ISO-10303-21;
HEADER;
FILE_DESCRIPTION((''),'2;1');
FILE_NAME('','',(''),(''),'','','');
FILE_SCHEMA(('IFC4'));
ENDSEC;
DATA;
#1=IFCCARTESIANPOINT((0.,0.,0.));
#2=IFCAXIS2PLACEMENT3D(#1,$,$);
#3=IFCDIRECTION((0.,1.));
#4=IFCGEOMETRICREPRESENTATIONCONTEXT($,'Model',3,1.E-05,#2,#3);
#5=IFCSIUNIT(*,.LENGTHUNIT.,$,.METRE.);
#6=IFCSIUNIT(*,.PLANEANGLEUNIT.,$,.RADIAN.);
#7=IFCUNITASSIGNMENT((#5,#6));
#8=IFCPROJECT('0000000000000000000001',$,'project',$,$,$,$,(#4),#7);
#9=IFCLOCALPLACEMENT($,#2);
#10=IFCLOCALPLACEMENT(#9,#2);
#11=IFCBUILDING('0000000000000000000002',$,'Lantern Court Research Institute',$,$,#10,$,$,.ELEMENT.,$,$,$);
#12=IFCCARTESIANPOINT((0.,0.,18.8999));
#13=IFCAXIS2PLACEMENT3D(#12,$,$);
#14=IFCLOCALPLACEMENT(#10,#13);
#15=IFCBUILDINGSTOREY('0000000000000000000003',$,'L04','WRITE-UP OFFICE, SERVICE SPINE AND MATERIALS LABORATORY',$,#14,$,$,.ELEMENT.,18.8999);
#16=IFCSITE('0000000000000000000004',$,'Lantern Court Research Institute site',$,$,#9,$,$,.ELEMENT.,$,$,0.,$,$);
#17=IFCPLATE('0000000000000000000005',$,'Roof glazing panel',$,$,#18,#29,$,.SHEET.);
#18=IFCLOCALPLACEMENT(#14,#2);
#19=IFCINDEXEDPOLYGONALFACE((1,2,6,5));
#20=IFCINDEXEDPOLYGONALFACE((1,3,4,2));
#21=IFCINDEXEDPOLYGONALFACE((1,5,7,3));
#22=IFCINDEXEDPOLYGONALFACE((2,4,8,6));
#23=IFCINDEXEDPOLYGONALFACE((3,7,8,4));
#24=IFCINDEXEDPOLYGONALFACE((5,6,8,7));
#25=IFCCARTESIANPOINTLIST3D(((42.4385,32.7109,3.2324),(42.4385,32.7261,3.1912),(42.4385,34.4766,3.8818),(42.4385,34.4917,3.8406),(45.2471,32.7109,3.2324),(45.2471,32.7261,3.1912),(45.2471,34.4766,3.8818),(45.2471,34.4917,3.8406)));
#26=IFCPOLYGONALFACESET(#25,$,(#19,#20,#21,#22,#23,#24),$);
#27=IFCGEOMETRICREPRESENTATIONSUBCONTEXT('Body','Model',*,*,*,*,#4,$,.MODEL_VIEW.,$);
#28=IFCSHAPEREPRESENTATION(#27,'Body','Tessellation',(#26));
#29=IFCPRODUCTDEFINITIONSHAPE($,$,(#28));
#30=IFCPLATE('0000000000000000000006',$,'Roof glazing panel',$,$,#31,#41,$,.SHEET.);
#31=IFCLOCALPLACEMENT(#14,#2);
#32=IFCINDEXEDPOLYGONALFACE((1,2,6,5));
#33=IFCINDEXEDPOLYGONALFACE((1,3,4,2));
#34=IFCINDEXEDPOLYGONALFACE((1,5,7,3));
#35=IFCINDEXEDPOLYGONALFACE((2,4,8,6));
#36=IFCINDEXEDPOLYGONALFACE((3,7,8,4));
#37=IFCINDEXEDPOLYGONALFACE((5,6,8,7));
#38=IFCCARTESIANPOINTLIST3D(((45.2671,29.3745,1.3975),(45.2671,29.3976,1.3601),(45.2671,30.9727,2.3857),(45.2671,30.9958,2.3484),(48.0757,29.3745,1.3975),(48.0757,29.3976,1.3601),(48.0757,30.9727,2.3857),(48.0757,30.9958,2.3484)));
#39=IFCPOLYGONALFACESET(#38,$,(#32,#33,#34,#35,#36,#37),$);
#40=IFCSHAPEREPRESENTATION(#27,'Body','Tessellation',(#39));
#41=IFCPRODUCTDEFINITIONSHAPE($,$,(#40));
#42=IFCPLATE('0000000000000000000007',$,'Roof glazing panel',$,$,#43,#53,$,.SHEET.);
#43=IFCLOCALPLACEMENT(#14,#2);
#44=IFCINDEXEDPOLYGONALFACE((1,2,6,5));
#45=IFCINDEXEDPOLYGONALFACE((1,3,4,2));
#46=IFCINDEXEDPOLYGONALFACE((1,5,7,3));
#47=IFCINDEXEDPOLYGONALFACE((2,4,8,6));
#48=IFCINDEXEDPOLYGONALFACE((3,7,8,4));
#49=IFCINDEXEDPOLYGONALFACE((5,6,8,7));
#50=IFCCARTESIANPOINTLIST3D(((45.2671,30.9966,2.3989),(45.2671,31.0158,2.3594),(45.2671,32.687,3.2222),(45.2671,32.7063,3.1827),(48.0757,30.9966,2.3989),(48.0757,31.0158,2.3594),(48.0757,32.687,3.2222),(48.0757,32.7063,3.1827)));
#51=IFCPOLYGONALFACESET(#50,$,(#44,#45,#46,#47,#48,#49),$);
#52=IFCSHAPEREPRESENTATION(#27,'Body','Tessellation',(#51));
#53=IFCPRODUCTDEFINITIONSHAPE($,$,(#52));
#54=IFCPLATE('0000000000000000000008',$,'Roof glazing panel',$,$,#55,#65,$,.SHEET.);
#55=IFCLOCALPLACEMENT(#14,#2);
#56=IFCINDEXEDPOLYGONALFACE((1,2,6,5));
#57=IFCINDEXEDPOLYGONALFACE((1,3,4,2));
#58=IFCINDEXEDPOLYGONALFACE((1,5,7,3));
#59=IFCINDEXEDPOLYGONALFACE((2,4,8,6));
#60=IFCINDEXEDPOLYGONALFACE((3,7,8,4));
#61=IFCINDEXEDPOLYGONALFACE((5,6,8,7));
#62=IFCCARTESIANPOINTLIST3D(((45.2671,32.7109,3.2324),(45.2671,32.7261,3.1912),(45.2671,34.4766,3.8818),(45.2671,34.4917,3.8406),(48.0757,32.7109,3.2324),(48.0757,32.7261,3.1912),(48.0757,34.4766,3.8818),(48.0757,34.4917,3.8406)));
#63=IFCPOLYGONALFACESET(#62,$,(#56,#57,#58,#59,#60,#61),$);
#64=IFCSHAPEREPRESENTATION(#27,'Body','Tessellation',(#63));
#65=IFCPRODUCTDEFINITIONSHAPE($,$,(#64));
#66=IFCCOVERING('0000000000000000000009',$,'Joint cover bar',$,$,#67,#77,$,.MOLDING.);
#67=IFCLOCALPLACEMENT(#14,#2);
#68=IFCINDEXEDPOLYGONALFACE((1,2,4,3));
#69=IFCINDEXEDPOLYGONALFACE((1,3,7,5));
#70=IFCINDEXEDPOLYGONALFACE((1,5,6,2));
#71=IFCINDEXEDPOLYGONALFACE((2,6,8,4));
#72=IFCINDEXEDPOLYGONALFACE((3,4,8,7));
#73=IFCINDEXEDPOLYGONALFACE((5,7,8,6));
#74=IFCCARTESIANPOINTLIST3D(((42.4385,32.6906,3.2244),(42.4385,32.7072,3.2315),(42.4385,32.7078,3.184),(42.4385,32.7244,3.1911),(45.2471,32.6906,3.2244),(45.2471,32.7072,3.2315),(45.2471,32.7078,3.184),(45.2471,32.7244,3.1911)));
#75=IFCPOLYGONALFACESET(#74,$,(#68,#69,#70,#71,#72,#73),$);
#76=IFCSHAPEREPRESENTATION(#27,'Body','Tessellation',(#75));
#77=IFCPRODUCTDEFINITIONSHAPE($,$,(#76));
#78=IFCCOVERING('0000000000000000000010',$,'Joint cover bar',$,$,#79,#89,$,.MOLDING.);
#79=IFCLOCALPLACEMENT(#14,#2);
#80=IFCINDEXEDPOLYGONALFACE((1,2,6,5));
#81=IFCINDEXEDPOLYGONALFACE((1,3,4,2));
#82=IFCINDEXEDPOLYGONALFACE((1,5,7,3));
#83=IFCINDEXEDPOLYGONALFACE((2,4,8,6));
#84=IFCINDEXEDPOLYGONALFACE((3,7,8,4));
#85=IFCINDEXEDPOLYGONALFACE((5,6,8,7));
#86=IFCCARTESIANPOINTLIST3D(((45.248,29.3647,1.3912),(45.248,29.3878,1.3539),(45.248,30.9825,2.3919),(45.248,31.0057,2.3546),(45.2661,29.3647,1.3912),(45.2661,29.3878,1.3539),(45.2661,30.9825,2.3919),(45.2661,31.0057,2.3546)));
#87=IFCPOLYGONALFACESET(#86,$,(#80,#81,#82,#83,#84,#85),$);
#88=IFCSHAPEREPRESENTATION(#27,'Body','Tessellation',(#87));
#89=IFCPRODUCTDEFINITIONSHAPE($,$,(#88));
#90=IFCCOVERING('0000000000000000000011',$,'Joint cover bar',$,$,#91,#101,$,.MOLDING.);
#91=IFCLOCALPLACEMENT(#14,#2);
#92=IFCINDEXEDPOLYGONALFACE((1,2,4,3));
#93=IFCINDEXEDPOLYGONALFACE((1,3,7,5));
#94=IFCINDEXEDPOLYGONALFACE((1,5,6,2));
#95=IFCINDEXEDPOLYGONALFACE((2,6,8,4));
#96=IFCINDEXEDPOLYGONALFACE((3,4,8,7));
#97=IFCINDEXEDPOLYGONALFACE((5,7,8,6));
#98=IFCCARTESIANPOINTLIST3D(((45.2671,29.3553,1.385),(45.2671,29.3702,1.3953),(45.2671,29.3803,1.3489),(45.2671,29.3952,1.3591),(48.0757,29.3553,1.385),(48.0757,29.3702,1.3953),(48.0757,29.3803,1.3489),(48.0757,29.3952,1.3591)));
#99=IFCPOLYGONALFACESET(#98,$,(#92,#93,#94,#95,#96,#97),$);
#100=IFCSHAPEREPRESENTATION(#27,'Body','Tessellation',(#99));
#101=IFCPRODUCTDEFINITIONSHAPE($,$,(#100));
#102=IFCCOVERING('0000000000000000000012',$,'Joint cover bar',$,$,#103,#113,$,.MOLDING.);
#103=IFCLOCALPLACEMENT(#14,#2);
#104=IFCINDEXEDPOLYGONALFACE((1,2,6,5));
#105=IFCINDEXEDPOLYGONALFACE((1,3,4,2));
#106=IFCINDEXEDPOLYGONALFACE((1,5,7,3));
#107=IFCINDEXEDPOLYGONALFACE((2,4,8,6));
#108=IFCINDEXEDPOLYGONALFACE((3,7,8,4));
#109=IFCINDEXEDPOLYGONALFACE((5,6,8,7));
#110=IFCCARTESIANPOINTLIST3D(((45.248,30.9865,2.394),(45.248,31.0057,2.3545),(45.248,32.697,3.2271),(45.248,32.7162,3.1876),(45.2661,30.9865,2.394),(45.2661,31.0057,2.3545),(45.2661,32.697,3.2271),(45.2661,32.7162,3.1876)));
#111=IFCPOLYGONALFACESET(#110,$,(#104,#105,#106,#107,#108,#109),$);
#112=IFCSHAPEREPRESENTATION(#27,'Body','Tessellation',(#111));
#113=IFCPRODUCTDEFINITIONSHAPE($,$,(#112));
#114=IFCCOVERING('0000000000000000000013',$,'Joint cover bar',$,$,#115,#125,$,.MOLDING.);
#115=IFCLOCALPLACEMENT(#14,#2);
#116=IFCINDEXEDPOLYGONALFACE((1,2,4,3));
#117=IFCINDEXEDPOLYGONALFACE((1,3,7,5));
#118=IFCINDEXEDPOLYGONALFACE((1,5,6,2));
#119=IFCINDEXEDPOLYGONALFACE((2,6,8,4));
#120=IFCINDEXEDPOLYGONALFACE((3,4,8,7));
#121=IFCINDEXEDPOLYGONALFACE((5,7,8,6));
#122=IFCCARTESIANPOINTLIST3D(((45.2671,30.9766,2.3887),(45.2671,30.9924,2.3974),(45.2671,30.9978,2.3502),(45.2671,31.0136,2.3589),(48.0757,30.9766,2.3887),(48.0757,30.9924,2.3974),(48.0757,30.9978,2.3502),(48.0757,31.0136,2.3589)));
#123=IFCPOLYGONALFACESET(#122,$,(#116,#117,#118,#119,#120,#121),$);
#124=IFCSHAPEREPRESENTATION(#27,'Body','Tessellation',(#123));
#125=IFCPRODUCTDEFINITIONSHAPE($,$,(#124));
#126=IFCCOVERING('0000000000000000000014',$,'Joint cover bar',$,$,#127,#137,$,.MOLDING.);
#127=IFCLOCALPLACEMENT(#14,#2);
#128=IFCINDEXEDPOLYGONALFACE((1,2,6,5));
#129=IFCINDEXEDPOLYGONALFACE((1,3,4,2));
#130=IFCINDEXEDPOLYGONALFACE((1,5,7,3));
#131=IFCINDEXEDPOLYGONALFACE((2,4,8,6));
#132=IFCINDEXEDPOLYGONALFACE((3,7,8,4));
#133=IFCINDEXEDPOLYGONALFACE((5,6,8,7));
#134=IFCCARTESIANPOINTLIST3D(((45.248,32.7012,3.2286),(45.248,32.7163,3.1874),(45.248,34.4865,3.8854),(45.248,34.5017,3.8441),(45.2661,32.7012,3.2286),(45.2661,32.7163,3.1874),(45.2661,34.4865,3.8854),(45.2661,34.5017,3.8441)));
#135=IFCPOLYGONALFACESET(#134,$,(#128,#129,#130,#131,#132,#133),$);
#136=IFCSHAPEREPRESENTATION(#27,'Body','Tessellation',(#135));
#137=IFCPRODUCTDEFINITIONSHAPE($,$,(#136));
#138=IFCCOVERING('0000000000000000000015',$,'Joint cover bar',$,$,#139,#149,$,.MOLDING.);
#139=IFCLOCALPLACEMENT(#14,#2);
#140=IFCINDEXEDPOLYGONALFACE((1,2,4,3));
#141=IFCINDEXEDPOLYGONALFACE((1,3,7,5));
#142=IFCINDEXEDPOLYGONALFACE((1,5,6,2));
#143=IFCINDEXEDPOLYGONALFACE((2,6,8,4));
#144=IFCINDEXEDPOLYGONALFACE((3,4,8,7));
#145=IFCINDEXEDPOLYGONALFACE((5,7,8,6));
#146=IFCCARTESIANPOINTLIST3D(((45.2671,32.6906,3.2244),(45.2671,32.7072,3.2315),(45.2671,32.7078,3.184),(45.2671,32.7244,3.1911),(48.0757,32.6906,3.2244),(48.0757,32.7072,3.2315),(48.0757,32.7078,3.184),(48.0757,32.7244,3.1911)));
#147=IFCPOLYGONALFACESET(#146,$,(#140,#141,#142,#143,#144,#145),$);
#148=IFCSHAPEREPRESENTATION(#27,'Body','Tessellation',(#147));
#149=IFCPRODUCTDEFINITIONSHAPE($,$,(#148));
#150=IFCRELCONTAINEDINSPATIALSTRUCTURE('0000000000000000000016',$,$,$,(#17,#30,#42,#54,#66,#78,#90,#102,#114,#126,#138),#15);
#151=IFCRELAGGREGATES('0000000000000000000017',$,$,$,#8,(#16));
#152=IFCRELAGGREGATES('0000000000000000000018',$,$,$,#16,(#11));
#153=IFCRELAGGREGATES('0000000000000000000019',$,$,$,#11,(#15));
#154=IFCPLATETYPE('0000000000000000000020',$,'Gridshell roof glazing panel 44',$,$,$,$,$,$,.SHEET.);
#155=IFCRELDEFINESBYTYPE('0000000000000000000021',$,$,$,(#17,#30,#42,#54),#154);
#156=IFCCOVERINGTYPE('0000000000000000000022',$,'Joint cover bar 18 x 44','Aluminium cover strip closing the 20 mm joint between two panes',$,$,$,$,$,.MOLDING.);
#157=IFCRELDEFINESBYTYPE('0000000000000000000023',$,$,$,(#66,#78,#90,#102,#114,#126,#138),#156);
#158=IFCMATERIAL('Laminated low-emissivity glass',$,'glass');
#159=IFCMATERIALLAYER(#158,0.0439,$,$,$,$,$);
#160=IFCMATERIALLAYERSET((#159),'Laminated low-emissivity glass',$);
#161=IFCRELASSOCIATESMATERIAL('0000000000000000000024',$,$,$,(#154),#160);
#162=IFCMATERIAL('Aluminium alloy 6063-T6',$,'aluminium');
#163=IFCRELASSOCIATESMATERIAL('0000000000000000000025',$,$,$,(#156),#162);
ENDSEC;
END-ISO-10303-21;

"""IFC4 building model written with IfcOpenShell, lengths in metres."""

from ifc_helpers import new_model, si_unit, direction, frame, origin, origin_2d, place, context, subcontext, project, spatial, polyline, rectangle, outline, extrude, material, layer, layer_set, material_profile, profile_set, type_object, element, save


model = new_model("IFC4")

# Units and contexts
model_context = context("Model", 3, precision=1e-05, world=origin(), true_north=direction((0.0, 1.0)))
body_context = subcontext(model_context, "Body", "Model", "MODEL_VIEW")
ifc_project = project(units=[si_unit("LENGTHUNIT", "METRE"), si_unit("PLANEANGLEUNIT", "RADIAN")], contexts=[model_context])

# Site, building, storey
site_placement = place(None, origin())
site = spatial("IfcSite", under=ifc_project, at=site_placement, Name="Lantern Court Research Institute site", CompositionType="ELEMENT", RefElevation=0.0)
building_placement = place(site_placement, origin())
building = spatial("IfcBuilding", under=site, at=building_placement, Name="Lantern Court Research Institute", CompositionType="ELEMENT")
storey_placement = place(building_placement, frame((0.0, 0.0, 18.8999)))
storey = spatial("IfcBuildingStorey", under=building, at=storey_placement, Name="L04", Description="WRITE-UP OFFICE, SERVICE SPINE AND MATERIALS LABORATORY", CompositionType="ELEMENT", Elevation=18.8999)

# Plates
ifc_material_1 = material(Name="Laminated low-emissivity glass", Category="glass")
ifc_layer = layer(ifc_material_1, 0.0439)
ifc_layer_set = layer_set([ifc_layer], Name="Laminated low-emissivity glass")
plate_type = type_object("IfcPlateType", Name="Gridshell roof glazing panel 44", PredefinedType="SHEET", material=ifc_layer_set)
plate_1_placement = place(storey_placement, frame((45.2471, 32.7109, 3.2324), z_axis=(0.0, -0.3452, 0.938529), x_axis=(-1.0, 0.0, 0.0)))
element("IfcPlate", 1, at=plate_1_placement, inside=storey, type_object=plate_type, Name="Roof glazing panel", PredefinedType="SHEET", context=body_context, shape_type="SweptSolid", body=[
    extrude(outline(polyline([(0.0, 0.0), (2.8086, 0.0), (2.8086, -1.8813), (0.0, -1.8813), (0.0, 0.0)])), origin(), (0.0, 0.0, -1.0), 0.0439),
])
plate_2_placement = place(storey_placement, frame((48.0757, 29.3745, 1.3975), z_axis=(0.0, -0.525952, 0.850514), x_axis=(-1.0, 0.0, 0.0)))
element("IfcPlate", 2, at=plate_2_placement, inside=storey, type_object=plate_type, Name="Roof glazing panel", PredefinedType="SHEET", context=body_context, shape_type="SweptSolid", body=[
    extrude(outline(polyline([(0.0, 0.0), (2.8086, 0.0), (2.8086, -1.879), (0.0, -1.879), (0.0, 0.0)])), origin(), (0.0, 0.0, -1.0), 0.0439),
])
plate_3_placement = place(storey_placement, frame((48.0757, 30.9966, 2.3989), z_axis=(0.0, -0.43784, 0.899053), x_axis=(-1.0, 0.0, 0.0)))
element("IfcPlate", 3, at=plate_3_placement, inside=storey, type_object=plate_type, Name="Roof glazing panel", PredefinedType="SHEET", context=body_context, shape_type="SweptSolid", body=[
    extrude(outline(polyline([(0.0, 0.0), (2.8086, 0.0), (2.8086, -1.8802), (0.0, -1.8802), (0.0, 0.0)])), origin(), (0.0, 0.0, -1.0), 0.0439),
])
plate_4_placement = place(storey_placement, frame((48.0757, 32.7109, 3.2324), z_axis=(0.0, -0.3452, 0.938529), x_axis=(-1.0, 0.0, 0.0)))
element("IfcPlate", 4, at=plate_4_placement, inside=storey, type_object=plate_type, Name="Roof glazing panel", PredefinedType="SHEET", context=body_context, shape_type="SweptSolid", body=[
    extrude(outline(polyline([(0.0, 0.0), (2.8086, 0.0), (2.8086, -1.8813), (0.0, -1.8813), (0.0, 0.0)])), origin(), (0.0, 0.0, -1.0), 0.0439),
])

# Coverings
ifc_material_2 = material(Name="Aluminium alloy 6063-T6", Category="aluminium")
ifc_material_profile_1 = material_profile(ifc_material_2, rectangle(XDim=0.0181, YDim=0.0439, at=origin_2d()), Name="Joint cover bar 18 x 44")
ifc_profile_set_1 = profile_set([ifc_material_profile_1], Name="Aluminium alloy 6063-T6")
covering_type = type_object("IfcCoveringType", Name="Joint cover bar 18 x 44", Description="Aluminium cover strip closing the 20 mm joint between two panes", PredefinedType="MOLDING", material=ifc_profile_set_1)
covering_1_placement = place(storey_placement, frame((42.4385, 32.7075, 3.2078), z_axis=(1.0, 0.0, 0.0), x_axis=(0.0, 0.919966, 0.391999)))
element("IfcCovering", 5, at=covering_1_placement, inside=storey, type_object=covering_type, Name="Joint cover bar", PredefinedType="MOLDING", context=body_context, shape_type="SweptSolid", body=[
    extrude(rectangle(XDim=0.0181, YDim=0.0439, at=origin_2d()), origin(), (0.0, 0.0, 1.0), 2.8086),
])
covering_2_placement = place(storey_placement, frame((45.2571, 29.3762, 1.3726), z_axis=(0.0, 0.850462, 0.526036), x_axis=(-1.0, 0.0, 0.0)))
element("IfcCovering", 6, at=covering_2_placement, inside=storey, type_object=covering_type, Name="Joint cover bar", PredefinedType="MOLDING", context=body_context, shape_type="SweptSolid", body=[
    extrude(rectangle(XDim=0.0181, YDim=0.0439, at=origin_2d()), origin(), (0.0, 0.0, 1.0), 1.9023),
])
covering_3_placement = place(storey_placement, frame((45.2671, 29.3752, 1.3721), z_axis=(1.0, 0.0, 0.0), x_axis=(0.0, 0.822954, 0.568108)))
element("IfcCovering", 7, at=covering_3_placement, inside=storey, type_object=covering_type, Name="Joint cover bar", PredefinedType="MOLDING", context=body_context, shape_type="SweptSolid", body=[
    extrude(rectangle(XDim=0.0181, YDim=0.0439, at=origin_2d()), origin(), (0.0, 0.0, 1.0), 2.8086),
])
covering_4_placement = place(storey_placement, frame((45.2571, 30.9961, 2.3743), z_axis=(0.0, 0.899049, 0.437847), x_axis=(-1.0, 0.0, 0.0)))
element("IfcCovering", 8, at=covering_4_placement, inside=storey, type_object=covering_type, Name="Joint cover bar", PredefinedType="MOLDING", context=body_context, shape_type="SweptSolid", body=[
    extrude(rectangle(XDim=0.0181, YDim=0.0439, at=origin_2d()), origin(), (0.0, 0.0, 1.0), 1.9026),
])
covering_5_placement = place(storey_placement, frame((45.2671, 30.9951, 2.3738), z_axis=(1.0, 0.0, 0.0), x_axis=(0.0, 0.875897, 0.482497)))
element("IfcCovering", 9, at=covering_5_placement, inside=storey, type_object=covering_type, Name="Joint cover bar", PredefinedType="MOLDING", context=body_context, shape_type="SweptSolid", body=[
    extrude(rectangle(XDim=0.0181, YDim=0.0439, at=origin_2d()), origin(), (0.0, 0.0, 1.0), 2.8086),
])
covering_6_placement = place(storey_placement, frame((45.2571, 32.7087, 3.208), z_axis=(0.0, 0.93852, 0.345224), x_axis=(-1.0, 0.0, 0.0)))
element("IfcCovering", 10, at=covering_6_placement, inside=storey, type_object=covering_type, Name="Joint cover bar", PredefinedType="MOLDING", context=body_context, shape_type="SweptSolid", body=[
    extrude(rectangle(XDim=0.0181, YDim=0.0439, at=origin_2d()), origin(), (0.0, 0.0, 1.0), 1.9023),
])
covering_7_placement = place(storey_placement, frame((45.2671, 32.7075, 3.2078), z_axis=(1.0, 0.0, 0.0), x_axis=(0.0, 0.919966, 0.391999)))
element("IfcCovering", 11, at=covering_7_placement, inside=storey, type_object=covering_type, Name="Joint cover bar", PredefinedType="MOLDING", context=body_context, shape_type="SweptSolid", body=[
    extrude(rectangle(XDim=0.0181, YDim=0.0439, at=origin_2d()), origin(), (0.0, 0.0, 1.0), 2.8086),
])

save(model, "model.ifc")
